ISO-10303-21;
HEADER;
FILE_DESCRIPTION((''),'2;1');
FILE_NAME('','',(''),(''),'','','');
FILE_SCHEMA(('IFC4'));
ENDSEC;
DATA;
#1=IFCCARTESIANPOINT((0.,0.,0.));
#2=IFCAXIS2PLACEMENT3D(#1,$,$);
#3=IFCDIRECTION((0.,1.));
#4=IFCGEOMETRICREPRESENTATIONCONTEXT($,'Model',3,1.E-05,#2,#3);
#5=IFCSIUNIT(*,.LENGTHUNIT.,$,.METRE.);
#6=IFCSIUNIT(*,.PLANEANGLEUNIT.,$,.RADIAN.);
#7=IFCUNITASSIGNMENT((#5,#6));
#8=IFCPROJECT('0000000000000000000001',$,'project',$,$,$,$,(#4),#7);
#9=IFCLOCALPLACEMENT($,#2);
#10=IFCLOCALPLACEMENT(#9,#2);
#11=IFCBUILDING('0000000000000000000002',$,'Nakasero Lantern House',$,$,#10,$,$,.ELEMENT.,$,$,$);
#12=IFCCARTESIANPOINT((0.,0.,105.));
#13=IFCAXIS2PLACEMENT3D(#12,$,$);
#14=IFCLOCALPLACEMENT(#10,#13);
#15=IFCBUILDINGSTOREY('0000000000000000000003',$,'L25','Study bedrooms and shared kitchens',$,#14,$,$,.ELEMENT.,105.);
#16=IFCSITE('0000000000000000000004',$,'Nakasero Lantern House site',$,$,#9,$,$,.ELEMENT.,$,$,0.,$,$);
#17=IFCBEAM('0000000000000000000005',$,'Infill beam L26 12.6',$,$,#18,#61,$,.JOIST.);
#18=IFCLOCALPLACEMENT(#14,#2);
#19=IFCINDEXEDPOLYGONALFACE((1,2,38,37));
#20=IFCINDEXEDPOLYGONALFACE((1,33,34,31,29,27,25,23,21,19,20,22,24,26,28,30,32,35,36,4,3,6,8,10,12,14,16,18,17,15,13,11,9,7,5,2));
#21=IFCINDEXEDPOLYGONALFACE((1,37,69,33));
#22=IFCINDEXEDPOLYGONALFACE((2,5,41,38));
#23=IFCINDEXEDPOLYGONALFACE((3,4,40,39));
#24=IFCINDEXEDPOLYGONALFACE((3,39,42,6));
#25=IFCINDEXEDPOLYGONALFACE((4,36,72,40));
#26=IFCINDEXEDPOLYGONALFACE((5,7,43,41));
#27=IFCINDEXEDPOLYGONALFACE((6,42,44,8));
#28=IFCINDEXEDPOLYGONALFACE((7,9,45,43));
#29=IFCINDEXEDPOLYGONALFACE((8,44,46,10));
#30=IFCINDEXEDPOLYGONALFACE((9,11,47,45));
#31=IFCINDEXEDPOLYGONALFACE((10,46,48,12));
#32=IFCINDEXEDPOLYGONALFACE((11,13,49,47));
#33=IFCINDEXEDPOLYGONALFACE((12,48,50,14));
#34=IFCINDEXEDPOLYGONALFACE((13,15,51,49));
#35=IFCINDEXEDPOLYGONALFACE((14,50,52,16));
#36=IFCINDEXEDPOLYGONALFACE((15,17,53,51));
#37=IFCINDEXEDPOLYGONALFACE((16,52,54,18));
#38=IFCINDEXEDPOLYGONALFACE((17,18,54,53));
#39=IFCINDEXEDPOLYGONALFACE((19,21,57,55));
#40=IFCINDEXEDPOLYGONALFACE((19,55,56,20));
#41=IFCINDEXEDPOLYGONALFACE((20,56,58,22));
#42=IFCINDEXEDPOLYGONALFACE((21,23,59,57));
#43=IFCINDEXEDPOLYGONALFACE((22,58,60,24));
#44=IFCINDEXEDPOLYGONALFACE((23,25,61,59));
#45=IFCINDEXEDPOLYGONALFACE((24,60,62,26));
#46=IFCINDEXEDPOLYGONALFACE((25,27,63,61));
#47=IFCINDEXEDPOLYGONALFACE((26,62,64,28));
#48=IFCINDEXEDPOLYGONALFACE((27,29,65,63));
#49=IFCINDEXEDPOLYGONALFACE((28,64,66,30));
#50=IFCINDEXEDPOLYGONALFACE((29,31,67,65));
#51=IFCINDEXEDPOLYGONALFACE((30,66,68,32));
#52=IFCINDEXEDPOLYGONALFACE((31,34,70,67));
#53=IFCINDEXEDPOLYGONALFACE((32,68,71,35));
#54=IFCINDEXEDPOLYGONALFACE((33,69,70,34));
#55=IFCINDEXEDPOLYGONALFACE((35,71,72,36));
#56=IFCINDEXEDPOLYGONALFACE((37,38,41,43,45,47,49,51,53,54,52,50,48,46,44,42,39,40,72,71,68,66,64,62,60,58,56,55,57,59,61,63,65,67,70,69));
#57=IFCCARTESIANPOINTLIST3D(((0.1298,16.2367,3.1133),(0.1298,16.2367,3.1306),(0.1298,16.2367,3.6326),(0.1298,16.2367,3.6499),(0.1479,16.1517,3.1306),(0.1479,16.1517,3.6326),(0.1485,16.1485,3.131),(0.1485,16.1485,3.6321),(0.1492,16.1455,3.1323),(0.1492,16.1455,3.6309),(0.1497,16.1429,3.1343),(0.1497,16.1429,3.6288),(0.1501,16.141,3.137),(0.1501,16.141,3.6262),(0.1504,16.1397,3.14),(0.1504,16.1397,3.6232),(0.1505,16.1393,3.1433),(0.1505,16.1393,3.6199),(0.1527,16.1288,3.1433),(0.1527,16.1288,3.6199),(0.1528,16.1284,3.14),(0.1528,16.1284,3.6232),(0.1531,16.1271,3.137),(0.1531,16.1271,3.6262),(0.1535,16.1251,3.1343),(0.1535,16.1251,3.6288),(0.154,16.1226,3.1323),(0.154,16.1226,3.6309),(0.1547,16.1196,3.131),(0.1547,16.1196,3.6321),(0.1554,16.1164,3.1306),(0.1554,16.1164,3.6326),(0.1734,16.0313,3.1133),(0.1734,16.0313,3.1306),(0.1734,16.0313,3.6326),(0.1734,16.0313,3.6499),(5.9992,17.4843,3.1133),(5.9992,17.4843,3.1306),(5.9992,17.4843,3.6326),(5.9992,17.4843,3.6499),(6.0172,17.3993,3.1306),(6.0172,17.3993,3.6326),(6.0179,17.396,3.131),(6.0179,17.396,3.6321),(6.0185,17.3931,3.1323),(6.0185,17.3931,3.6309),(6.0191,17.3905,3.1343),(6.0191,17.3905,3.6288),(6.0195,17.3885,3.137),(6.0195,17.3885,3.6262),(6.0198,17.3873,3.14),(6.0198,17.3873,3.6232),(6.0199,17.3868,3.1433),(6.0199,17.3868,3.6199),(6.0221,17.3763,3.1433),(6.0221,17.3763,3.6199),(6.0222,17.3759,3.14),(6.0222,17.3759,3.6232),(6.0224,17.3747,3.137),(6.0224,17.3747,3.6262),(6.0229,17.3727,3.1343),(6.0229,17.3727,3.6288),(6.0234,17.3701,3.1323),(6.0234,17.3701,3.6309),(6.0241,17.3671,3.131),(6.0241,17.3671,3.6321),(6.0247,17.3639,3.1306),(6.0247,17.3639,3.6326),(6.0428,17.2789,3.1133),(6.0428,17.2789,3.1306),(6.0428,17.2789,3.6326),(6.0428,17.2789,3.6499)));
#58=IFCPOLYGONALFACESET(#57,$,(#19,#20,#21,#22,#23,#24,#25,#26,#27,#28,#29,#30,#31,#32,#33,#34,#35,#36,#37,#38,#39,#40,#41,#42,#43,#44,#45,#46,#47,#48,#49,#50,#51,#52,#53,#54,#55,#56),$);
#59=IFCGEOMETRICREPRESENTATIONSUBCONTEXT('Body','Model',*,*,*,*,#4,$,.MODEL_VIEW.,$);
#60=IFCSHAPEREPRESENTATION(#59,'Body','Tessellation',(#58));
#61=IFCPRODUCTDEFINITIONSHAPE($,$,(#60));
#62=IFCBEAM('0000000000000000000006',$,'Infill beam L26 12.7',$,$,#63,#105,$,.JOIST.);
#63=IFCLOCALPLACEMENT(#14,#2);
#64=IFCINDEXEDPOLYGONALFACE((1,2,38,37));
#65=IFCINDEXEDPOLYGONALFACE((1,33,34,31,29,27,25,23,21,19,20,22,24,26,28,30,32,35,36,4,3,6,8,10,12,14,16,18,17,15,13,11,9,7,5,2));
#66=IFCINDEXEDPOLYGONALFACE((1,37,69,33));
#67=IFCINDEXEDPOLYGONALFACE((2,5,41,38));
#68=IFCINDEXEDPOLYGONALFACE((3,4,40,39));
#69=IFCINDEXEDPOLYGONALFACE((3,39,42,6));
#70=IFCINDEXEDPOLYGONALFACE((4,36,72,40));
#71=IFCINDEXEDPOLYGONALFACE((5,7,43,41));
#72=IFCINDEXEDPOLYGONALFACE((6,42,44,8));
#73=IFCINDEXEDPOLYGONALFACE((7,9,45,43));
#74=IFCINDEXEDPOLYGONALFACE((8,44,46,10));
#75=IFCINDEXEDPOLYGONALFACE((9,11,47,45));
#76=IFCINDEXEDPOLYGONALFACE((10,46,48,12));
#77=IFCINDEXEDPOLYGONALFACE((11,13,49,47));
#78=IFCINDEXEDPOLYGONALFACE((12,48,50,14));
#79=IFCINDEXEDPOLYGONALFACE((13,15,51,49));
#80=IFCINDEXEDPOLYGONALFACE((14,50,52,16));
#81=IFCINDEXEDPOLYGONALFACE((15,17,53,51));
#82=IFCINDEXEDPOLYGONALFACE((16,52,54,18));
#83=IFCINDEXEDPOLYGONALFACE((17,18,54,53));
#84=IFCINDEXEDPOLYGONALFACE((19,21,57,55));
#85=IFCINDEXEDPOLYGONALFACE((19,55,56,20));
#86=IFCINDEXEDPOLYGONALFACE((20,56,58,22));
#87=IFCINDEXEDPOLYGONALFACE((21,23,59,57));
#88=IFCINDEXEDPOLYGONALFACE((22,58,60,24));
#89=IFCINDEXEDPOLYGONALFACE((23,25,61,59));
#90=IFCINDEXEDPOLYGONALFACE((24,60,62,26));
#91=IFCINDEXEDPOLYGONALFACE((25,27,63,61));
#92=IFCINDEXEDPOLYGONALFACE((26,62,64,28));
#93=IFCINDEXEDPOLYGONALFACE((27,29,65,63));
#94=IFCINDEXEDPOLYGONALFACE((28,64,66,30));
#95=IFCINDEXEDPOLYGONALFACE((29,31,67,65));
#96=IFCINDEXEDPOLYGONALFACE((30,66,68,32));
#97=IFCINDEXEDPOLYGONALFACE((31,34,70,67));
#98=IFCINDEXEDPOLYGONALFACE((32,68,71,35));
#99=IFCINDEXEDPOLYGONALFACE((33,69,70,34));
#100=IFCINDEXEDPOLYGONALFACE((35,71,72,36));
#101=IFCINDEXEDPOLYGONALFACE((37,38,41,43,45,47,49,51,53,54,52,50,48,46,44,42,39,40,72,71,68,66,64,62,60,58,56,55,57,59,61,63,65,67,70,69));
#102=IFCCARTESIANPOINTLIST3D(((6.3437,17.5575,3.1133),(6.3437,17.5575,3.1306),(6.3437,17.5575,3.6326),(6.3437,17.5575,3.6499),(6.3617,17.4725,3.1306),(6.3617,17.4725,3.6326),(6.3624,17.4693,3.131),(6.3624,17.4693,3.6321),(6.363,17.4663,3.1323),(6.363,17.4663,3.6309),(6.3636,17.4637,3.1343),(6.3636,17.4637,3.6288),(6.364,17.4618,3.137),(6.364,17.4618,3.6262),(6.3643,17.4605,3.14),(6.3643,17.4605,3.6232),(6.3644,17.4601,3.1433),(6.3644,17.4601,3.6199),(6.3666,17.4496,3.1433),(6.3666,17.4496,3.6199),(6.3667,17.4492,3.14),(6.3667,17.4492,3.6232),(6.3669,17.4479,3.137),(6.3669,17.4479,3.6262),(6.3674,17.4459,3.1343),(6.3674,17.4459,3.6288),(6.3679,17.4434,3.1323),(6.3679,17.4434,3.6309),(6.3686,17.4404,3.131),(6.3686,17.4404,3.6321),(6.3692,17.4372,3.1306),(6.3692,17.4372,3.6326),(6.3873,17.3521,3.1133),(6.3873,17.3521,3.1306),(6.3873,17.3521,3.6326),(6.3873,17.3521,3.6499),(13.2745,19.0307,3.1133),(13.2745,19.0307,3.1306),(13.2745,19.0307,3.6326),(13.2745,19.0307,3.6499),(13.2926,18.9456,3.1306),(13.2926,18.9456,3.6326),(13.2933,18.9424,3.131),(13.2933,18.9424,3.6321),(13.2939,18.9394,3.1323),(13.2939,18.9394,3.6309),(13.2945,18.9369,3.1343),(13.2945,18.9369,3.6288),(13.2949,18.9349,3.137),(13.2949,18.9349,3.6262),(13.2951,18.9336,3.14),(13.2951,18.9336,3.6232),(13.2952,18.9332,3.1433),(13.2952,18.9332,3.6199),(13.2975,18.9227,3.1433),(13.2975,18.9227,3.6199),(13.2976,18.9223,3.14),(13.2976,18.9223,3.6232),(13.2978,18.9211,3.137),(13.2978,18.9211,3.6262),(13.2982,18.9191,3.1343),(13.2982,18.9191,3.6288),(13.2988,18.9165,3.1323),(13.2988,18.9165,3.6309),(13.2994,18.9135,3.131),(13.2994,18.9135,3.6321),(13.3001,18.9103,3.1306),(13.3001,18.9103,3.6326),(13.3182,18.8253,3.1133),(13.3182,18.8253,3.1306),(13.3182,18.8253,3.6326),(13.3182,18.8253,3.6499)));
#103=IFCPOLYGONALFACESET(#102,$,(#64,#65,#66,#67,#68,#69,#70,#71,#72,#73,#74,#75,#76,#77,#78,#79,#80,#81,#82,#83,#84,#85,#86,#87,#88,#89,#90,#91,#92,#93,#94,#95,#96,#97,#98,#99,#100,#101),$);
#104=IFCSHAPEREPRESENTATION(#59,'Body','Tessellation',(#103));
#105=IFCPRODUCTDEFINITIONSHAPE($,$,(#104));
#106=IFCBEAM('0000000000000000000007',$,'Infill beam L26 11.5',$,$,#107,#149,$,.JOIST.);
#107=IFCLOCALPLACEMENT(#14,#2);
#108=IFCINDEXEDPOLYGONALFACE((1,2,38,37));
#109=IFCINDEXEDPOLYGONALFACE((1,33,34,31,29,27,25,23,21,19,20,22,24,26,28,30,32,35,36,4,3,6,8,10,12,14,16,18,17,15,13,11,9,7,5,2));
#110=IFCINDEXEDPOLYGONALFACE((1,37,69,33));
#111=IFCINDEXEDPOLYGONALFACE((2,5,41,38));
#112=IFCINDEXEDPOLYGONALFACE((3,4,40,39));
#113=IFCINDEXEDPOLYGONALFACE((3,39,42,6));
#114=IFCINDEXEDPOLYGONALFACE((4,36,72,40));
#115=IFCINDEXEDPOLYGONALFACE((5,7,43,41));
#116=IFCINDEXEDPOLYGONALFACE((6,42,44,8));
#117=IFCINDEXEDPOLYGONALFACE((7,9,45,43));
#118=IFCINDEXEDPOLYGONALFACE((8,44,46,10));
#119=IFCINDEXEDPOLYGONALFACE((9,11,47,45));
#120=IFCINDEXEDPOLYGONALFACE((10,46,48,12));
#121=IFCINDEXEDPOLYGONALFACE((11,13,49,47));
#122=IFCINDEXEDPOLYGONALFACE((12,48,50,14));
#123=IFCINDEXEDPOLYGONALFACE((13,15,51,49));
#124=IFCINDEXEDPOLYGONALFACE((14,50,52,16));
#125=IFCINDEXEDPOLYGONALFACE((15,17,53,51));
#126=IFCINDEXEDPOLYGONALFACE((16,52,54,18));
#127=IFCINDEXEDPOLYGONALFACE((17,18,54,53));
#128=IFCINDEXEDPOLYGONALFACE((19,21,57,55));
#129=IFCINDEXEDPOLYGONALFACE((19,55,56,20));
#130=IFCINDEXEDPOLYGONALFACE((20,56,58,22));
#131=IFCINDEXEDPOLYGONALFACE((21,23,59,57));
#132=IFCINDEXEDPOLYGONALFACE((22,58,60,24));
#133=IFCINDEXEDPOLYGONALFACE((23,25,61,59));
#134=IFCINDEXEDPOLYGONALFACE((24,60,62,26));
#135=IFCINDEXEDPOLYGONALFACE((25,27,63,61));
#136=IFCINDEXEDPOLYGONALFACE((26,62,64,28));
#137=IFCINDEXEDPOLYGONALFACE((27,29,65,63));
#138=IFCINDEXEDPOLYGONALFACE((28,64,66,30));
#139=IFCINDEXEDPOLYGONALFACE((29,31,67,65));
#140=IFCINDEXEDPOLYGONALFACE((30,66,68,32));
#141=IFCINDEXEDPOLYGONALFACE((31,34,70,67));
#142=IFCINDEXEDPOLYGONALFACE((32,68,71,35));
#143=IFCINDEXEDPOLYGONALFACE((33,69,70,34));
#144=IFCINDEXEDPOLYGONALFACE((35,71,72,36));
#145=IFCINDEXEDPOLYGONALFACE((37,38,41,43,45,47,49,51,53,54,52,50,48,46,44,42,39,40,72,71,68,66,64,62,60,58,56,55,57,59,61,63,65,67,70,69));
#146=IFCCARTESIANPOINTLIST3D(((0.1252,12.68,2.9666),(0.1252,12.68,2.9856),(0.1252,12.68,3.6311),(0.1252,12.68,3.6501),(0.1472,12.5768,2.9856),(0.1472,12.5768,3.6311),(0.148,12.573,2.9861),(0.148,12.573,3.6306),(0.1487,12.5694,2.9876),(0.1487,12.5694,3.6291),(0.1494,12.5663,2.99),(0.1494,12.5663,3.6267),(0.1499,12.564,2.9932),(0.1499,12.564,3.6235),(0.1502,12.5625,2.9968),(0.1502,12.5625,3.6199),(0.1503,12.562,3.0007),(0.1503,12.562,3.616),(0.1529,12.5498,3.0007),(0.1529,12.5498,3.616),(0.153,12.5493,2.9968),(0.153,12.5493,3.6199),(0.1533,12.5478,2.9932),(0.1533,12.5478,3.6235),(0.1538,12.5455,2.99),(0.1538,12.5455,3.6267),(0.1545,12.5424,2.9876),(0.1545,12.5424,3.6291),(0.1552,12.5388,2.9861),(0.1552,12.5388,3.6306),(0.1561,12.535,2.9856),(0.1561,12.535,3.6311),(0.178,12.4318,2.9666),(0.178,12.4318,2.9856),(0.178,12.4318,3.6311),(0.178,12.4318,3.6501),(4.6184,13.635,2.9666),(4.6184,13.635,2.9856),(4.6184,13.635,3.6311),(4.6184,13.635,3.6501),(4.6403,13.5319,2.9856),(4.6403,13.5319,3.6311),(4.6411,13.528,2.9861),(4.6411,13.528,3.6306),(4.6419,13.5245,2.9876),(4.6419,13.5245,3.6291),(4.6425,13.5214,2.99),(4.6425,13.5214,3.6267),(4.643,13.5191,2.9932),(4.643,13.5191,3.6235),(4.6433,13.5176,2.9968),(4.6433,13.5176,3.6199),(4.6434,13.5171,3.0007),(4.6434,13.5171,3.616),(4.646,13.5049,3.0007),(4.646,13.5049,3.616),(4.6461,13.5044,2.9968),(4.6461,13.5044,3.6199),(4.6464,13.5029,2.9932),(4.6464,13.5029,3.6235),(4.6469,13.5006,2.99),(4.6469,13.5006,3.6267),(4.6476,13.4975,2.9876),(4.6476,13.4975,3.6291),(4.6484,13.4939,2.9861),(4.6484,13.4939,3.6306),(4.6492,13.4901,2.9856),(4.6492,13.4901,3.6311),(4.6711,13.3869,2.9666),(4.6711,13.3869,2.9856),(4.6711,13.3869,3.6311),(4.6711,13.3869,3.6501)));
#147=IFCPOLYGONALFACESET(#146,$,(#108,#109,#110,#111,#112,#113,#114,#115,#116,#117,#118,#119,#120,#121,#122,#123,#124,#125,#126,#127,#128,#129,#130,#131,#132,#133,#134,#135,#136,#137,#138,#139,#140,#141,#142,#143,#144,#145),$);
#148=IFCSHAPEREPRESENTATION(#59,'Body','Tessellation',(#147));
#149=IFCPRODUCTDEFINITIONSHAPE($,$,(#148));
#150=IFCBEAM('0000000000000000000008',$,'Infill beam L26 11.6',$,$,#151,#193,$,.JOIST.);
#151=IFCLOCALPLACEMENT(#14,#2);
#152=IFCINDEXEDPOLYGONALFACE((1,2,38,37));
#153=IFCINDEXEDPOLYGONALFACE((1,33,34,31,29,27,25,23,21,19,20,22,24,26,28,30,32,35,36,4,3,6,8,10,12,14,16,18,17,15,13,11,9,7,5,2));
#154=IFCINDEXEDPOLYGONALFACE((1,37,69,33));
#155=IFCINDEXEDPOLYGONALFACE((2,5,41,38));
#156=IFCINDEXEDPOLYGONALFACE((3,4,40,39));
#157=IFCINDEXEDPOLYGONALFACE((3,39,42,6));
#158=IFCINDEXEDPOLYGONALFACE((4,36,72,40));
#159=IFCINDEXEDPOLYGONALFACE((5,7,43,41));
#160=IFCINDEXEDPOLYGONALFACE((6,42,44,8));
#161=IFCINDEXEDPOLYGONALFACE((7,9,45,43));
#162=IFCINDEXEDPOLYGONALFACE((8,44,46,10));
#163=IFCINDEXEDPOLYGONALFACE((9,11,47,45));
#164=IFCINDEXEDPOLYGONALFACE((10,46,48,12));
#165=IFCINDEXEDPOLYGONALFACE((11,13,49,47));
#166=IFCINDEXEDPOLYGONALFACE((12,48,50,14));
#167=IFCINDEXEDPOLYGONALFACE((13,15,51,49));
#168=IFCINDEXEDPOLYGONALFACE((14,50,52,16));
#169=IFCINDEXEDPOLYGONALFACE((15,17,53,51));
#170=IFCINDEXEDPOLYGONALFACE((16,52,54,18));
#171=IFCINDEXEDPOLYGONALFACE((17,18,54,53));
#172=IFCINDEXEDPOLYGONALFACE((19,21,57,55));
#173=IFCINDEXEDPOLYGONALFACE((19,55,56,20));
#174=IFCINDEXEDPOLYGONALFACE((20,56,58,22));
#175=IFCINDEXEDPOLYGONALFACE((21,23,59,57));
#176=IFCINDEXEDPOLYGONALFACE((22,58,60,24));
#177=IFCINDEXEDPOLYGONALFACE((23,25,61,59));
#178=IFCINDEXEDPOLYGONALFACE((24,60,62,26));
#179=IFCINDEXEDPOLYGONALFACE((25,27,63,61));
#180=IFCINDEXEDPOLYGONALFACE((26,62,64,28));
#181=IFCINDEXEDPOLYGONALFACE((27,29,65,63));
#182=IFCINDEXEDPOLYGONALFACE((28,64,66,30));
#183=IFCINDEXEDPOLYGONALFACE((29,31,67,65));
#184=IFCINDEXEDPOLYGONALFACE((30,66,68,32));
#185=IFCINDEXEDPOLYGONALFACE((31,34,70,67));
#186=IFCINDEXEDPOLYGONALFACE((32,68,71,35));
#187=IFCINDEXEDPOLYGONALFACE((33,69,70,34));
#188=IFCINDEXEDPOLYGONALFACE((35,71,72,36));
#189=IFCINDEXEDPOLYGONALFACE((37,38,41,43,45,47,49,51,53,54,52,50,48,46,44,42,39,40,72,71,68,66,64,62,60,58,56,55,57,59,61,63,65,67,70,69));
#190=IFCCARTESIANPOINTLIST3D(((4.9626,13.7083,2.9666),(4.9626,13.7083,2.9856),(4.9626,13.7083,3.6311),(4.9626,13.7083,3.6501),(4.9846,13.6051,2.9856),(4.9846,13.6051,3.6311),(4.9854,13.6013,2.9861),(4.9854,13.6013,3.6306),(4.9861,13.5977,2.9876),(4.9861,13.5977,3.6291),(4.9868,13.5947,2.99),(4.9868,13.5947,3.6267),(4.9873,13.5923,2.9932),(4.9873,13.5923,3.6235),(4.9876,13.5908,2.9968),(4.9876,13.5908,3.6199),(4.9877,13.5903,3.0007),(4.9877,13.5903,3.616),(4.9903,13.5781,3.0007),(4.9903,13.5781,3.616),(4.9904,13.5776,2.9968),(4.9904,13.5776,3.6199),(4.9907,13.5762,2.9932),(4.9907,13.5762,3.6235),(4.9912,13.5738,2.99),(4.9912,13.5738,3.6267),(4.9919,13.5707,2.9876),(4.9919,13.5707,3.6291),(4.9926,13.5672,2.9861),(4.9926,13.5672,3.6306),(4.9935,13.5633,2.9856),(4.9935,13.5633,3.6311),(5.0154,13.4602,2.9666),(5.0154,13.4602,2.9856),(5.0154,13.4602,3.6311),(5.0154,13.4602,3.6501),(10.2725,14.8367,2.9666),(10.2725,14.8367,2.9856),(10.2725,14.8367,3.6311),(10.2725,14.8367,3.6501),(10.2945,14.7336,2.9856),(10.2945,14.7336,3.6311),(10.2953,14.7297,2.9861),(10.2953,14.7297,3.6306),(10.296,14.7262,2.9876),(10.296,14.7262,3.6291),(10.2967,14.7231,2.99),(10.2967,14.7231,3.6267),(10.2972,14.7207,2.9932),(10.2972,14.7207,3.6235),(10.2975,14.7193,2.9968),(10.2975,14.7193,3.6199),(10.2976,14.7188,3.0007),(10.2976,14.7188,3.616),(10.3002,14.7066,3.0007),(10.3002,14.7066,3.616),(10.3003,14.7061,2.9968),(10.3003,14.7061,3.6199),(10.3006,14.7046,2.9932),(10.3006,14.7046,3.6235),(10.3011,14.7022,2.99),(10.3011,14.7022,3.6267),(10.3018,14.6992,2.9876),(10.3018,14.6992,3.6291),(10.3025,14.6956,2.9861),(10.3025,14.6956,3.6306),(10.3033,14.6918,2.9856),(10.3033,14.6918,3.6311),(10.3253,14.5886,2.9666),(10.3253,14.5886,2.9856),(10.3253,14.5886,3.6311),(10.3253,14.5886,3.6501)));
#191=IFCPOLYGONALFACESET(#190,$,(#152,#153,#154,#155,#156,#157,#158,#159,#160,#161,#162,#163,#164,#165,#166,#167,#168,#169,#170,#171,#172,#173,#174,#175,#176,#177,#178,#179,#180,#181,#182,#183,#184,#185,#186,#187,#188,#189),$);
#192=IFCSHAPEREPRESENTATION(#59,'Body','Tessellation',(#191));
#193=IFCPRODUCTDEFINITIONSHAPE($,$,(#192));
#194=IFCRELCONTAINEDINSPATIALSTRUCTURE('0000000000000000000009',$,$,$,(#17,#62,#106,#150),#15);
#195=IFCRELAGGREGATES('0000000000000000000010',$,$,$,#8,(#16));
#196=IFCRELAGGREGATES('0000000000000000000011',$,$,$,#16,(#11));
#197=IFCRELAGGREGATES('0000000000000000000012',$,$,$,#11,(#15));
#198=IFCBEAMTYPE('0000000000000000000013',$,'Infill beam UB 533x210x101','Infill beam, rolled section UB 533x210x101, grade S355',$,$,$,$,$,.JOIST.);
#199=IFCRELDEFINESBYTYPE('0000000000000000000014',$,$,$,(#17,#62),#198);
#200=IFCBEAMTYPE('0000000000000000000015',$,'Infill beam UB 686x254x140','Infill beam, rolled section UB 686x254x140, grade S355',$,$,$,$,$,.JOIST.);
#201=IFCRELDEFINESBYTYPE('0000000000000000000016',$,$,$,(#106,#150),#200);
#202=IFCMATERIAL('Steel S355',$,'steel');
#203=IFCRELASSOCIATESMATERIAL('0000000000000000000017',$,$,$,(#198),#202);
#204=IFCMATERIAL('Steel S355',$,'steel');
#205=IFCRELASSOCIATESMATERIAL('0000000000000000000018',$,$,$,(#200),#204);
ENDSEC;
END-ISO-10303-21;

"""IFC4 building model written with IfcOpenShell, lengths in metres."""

from ifc_helpers import new_model, si_unit, direction, frame, origin, origin_2d, place, context, subcontext, project, spatial, i_section, extrude, material, material_profile, profile_set, type_object, element, save


model = new_model("IFC4")

# Units and contexts
model_context = context("Model", 3, precision=1e-05, world=origin(), true_north=direction((0.0, 1.0)))
body_context = subcontext(model_context, "Body", "Model", "MODEL_VIEW")
ifc_project = project(units=[si_unit("LENGTHUNIT", "METRE"), si_unit("PLANEANGLEUNIT", "RADIAN")], contexts=[model_context])

# Site, building, storey
site_placement = place(None, origin())
site = spatial("IfcSite", under=ifc_project, at=site_placement, Name="Nakasero Lantern House site", CompositionType="ELEMENT", RefElevation=0.0)
building_placement = place(site_placement, origin())
building = spatial("IfcBuilding", under=site, at=building_placement, Name="Nakasero Lantern House", CompositionType="ELEMENT")
storey_placement = place(building_placement, frame((0.0, 0.0, 105.0)))
storey = spatial("IfcBuildingStorey", under=building, at=storey_placement, Name="L25", Description="Study bedrooms and shared kitchens", CompositionType="ELEMENT", Elevation=105.0)

# Beams
ifc_material_1 = material(Name="Steel S355", Category="steel")
ifc_material_profile_1 = material_profile(ifc_material_1, i_section(OverallWidth=0.21, OverallDepth=0.5366, WebThickness=0.0107, FlangeThickness=0.0173, FilletRadius=0.0127, at=origin_2d()), Name="UB 533x210x101")
ifc_profile_set_1 = profile_set([ifc_material_profile_1], Name="Steel S355")
beam_type_1 = type_object("IfcBeamType", Name="Infill beam UB 533x210x101", Description="Infill beam, rolled section UB 533x210x101, grade S355", PredefinedType="JOIST", material=ifc_profile_set_1)
beam_1_placement = place(storey_placement, frame((0.1516, 16.134, 3.3816), z_axis=(0.978148, 0.207909, 0.0), x_axis=(-0.207909, 0.978148, 0.0)))
element("IfcBeam", 1, at=beam_1_placement, inside=storey, type_object=beam_type_1, Name="Infill beam L26 12.6", PredefinedType="JOIST", context=body_context, shape_type="SweptSolid", body=[
    extrude(i_section(OverallWidth=0.21, OverallDepth=0.5366, WebThickness=0.0107, FlangeThickness=0.0173, FilletRadius=0.0127, at=origin_2d()), origin(), (0.0, 0.0, 1.0), 6.0005),
])
beam_2_placement = place(storey_placement, frame((6.3655, 17.4548, 3.3816), z_axis=(0.978149, 0.207903, 0.0), x_axis=(-0.207903, 0.978149, 0.0)))
element("IfcBeam", 2, at=beam_2_placement, inside=storey, type_object=beam_type_1, Name="Infill beam L26 12.7", PredefinedType="JOIST", context=body_context, shape_type="SweptSolid", body=[
    extrude(i_section(OverallWidth=0.21, OverallDepth=0.5366, WebThickness=0.0107, FlangeThickness=0.0173, FilletRadius=0.0127, at=origin_2d()), origin(), (0.0, 0.0, 1.0), 7.0857),
])
ifc_material_2 = material(Name="Steel S355", Category="steel")
ifc_material_profile_2 = material_profile(ifc_material_2, i_section(OverallWidth=0.2537, OverallDepth=0.6836, WebThickness=0.0125, FlangeThickness=0.019, FilletRadius=0.0151, at=origin_2d()), Name="UB 686x254x140")
ifc_profile_set_2 = profile_set([ifc_material_profile_2], Name="Steel S355")
beam_type_2 = type_object("IfcBeamType", Name="Infill beam UB 686x254x140", Description="Infill beam, rolled section UB 686x254x140, grade S355", PredefinedType="JOIST", material=ifc_profile_set_2)
beam_3_placement = place(storey_placement, frame((0.1516, 12.5559, 3.3083), z_axis=(0.978146, 0.207917, 0.0), x_axis=(-0.207917, 0.978146, 0.0)))
element("IfcBeam", 3, at=beam_3_placement, inside=storey, type_object=beam_type_2, Name="Infill beam L26 11.5", PredefinedType="JOIST", context=body_context, shape_type="SweptSolid", body=[
    extrude(i_section(OverallWidth=0.2537, OverallDepth=0.6836, WebThickness=0.0125, FlangeThickness=0.019, FilletRadius=0.0151, at=origin_2d()), origin(), (0.0, 0.0, 1.0), 4.5935),
])
beam_4_placement = place(storey_placement, frame((4.989, 13.5842, 3.3083), z_axis=(0.978156, 0.207873, 0.0), x_axis=(-0.207873, 0.978156, 0.0)))
element("IfcBeam", 4, at=beam_4_placement, inside=storey, type_object=beam_type_2, Name="Infill beam L26 11.6", PredefinedType="JOIST", context=body_context, shape_type="SweptSolid", body=[
    extrude(i_section(OverallWidth=0.2537, OverallDepth=0.6836, WebThickness=0.0125, FlangeThickness=0.019, FilletRadius=0.0151, at=origin_2d()), origin(), (0.0, 0.0, 1.0), 5.4285),
])

save(model, "model.ifc")
